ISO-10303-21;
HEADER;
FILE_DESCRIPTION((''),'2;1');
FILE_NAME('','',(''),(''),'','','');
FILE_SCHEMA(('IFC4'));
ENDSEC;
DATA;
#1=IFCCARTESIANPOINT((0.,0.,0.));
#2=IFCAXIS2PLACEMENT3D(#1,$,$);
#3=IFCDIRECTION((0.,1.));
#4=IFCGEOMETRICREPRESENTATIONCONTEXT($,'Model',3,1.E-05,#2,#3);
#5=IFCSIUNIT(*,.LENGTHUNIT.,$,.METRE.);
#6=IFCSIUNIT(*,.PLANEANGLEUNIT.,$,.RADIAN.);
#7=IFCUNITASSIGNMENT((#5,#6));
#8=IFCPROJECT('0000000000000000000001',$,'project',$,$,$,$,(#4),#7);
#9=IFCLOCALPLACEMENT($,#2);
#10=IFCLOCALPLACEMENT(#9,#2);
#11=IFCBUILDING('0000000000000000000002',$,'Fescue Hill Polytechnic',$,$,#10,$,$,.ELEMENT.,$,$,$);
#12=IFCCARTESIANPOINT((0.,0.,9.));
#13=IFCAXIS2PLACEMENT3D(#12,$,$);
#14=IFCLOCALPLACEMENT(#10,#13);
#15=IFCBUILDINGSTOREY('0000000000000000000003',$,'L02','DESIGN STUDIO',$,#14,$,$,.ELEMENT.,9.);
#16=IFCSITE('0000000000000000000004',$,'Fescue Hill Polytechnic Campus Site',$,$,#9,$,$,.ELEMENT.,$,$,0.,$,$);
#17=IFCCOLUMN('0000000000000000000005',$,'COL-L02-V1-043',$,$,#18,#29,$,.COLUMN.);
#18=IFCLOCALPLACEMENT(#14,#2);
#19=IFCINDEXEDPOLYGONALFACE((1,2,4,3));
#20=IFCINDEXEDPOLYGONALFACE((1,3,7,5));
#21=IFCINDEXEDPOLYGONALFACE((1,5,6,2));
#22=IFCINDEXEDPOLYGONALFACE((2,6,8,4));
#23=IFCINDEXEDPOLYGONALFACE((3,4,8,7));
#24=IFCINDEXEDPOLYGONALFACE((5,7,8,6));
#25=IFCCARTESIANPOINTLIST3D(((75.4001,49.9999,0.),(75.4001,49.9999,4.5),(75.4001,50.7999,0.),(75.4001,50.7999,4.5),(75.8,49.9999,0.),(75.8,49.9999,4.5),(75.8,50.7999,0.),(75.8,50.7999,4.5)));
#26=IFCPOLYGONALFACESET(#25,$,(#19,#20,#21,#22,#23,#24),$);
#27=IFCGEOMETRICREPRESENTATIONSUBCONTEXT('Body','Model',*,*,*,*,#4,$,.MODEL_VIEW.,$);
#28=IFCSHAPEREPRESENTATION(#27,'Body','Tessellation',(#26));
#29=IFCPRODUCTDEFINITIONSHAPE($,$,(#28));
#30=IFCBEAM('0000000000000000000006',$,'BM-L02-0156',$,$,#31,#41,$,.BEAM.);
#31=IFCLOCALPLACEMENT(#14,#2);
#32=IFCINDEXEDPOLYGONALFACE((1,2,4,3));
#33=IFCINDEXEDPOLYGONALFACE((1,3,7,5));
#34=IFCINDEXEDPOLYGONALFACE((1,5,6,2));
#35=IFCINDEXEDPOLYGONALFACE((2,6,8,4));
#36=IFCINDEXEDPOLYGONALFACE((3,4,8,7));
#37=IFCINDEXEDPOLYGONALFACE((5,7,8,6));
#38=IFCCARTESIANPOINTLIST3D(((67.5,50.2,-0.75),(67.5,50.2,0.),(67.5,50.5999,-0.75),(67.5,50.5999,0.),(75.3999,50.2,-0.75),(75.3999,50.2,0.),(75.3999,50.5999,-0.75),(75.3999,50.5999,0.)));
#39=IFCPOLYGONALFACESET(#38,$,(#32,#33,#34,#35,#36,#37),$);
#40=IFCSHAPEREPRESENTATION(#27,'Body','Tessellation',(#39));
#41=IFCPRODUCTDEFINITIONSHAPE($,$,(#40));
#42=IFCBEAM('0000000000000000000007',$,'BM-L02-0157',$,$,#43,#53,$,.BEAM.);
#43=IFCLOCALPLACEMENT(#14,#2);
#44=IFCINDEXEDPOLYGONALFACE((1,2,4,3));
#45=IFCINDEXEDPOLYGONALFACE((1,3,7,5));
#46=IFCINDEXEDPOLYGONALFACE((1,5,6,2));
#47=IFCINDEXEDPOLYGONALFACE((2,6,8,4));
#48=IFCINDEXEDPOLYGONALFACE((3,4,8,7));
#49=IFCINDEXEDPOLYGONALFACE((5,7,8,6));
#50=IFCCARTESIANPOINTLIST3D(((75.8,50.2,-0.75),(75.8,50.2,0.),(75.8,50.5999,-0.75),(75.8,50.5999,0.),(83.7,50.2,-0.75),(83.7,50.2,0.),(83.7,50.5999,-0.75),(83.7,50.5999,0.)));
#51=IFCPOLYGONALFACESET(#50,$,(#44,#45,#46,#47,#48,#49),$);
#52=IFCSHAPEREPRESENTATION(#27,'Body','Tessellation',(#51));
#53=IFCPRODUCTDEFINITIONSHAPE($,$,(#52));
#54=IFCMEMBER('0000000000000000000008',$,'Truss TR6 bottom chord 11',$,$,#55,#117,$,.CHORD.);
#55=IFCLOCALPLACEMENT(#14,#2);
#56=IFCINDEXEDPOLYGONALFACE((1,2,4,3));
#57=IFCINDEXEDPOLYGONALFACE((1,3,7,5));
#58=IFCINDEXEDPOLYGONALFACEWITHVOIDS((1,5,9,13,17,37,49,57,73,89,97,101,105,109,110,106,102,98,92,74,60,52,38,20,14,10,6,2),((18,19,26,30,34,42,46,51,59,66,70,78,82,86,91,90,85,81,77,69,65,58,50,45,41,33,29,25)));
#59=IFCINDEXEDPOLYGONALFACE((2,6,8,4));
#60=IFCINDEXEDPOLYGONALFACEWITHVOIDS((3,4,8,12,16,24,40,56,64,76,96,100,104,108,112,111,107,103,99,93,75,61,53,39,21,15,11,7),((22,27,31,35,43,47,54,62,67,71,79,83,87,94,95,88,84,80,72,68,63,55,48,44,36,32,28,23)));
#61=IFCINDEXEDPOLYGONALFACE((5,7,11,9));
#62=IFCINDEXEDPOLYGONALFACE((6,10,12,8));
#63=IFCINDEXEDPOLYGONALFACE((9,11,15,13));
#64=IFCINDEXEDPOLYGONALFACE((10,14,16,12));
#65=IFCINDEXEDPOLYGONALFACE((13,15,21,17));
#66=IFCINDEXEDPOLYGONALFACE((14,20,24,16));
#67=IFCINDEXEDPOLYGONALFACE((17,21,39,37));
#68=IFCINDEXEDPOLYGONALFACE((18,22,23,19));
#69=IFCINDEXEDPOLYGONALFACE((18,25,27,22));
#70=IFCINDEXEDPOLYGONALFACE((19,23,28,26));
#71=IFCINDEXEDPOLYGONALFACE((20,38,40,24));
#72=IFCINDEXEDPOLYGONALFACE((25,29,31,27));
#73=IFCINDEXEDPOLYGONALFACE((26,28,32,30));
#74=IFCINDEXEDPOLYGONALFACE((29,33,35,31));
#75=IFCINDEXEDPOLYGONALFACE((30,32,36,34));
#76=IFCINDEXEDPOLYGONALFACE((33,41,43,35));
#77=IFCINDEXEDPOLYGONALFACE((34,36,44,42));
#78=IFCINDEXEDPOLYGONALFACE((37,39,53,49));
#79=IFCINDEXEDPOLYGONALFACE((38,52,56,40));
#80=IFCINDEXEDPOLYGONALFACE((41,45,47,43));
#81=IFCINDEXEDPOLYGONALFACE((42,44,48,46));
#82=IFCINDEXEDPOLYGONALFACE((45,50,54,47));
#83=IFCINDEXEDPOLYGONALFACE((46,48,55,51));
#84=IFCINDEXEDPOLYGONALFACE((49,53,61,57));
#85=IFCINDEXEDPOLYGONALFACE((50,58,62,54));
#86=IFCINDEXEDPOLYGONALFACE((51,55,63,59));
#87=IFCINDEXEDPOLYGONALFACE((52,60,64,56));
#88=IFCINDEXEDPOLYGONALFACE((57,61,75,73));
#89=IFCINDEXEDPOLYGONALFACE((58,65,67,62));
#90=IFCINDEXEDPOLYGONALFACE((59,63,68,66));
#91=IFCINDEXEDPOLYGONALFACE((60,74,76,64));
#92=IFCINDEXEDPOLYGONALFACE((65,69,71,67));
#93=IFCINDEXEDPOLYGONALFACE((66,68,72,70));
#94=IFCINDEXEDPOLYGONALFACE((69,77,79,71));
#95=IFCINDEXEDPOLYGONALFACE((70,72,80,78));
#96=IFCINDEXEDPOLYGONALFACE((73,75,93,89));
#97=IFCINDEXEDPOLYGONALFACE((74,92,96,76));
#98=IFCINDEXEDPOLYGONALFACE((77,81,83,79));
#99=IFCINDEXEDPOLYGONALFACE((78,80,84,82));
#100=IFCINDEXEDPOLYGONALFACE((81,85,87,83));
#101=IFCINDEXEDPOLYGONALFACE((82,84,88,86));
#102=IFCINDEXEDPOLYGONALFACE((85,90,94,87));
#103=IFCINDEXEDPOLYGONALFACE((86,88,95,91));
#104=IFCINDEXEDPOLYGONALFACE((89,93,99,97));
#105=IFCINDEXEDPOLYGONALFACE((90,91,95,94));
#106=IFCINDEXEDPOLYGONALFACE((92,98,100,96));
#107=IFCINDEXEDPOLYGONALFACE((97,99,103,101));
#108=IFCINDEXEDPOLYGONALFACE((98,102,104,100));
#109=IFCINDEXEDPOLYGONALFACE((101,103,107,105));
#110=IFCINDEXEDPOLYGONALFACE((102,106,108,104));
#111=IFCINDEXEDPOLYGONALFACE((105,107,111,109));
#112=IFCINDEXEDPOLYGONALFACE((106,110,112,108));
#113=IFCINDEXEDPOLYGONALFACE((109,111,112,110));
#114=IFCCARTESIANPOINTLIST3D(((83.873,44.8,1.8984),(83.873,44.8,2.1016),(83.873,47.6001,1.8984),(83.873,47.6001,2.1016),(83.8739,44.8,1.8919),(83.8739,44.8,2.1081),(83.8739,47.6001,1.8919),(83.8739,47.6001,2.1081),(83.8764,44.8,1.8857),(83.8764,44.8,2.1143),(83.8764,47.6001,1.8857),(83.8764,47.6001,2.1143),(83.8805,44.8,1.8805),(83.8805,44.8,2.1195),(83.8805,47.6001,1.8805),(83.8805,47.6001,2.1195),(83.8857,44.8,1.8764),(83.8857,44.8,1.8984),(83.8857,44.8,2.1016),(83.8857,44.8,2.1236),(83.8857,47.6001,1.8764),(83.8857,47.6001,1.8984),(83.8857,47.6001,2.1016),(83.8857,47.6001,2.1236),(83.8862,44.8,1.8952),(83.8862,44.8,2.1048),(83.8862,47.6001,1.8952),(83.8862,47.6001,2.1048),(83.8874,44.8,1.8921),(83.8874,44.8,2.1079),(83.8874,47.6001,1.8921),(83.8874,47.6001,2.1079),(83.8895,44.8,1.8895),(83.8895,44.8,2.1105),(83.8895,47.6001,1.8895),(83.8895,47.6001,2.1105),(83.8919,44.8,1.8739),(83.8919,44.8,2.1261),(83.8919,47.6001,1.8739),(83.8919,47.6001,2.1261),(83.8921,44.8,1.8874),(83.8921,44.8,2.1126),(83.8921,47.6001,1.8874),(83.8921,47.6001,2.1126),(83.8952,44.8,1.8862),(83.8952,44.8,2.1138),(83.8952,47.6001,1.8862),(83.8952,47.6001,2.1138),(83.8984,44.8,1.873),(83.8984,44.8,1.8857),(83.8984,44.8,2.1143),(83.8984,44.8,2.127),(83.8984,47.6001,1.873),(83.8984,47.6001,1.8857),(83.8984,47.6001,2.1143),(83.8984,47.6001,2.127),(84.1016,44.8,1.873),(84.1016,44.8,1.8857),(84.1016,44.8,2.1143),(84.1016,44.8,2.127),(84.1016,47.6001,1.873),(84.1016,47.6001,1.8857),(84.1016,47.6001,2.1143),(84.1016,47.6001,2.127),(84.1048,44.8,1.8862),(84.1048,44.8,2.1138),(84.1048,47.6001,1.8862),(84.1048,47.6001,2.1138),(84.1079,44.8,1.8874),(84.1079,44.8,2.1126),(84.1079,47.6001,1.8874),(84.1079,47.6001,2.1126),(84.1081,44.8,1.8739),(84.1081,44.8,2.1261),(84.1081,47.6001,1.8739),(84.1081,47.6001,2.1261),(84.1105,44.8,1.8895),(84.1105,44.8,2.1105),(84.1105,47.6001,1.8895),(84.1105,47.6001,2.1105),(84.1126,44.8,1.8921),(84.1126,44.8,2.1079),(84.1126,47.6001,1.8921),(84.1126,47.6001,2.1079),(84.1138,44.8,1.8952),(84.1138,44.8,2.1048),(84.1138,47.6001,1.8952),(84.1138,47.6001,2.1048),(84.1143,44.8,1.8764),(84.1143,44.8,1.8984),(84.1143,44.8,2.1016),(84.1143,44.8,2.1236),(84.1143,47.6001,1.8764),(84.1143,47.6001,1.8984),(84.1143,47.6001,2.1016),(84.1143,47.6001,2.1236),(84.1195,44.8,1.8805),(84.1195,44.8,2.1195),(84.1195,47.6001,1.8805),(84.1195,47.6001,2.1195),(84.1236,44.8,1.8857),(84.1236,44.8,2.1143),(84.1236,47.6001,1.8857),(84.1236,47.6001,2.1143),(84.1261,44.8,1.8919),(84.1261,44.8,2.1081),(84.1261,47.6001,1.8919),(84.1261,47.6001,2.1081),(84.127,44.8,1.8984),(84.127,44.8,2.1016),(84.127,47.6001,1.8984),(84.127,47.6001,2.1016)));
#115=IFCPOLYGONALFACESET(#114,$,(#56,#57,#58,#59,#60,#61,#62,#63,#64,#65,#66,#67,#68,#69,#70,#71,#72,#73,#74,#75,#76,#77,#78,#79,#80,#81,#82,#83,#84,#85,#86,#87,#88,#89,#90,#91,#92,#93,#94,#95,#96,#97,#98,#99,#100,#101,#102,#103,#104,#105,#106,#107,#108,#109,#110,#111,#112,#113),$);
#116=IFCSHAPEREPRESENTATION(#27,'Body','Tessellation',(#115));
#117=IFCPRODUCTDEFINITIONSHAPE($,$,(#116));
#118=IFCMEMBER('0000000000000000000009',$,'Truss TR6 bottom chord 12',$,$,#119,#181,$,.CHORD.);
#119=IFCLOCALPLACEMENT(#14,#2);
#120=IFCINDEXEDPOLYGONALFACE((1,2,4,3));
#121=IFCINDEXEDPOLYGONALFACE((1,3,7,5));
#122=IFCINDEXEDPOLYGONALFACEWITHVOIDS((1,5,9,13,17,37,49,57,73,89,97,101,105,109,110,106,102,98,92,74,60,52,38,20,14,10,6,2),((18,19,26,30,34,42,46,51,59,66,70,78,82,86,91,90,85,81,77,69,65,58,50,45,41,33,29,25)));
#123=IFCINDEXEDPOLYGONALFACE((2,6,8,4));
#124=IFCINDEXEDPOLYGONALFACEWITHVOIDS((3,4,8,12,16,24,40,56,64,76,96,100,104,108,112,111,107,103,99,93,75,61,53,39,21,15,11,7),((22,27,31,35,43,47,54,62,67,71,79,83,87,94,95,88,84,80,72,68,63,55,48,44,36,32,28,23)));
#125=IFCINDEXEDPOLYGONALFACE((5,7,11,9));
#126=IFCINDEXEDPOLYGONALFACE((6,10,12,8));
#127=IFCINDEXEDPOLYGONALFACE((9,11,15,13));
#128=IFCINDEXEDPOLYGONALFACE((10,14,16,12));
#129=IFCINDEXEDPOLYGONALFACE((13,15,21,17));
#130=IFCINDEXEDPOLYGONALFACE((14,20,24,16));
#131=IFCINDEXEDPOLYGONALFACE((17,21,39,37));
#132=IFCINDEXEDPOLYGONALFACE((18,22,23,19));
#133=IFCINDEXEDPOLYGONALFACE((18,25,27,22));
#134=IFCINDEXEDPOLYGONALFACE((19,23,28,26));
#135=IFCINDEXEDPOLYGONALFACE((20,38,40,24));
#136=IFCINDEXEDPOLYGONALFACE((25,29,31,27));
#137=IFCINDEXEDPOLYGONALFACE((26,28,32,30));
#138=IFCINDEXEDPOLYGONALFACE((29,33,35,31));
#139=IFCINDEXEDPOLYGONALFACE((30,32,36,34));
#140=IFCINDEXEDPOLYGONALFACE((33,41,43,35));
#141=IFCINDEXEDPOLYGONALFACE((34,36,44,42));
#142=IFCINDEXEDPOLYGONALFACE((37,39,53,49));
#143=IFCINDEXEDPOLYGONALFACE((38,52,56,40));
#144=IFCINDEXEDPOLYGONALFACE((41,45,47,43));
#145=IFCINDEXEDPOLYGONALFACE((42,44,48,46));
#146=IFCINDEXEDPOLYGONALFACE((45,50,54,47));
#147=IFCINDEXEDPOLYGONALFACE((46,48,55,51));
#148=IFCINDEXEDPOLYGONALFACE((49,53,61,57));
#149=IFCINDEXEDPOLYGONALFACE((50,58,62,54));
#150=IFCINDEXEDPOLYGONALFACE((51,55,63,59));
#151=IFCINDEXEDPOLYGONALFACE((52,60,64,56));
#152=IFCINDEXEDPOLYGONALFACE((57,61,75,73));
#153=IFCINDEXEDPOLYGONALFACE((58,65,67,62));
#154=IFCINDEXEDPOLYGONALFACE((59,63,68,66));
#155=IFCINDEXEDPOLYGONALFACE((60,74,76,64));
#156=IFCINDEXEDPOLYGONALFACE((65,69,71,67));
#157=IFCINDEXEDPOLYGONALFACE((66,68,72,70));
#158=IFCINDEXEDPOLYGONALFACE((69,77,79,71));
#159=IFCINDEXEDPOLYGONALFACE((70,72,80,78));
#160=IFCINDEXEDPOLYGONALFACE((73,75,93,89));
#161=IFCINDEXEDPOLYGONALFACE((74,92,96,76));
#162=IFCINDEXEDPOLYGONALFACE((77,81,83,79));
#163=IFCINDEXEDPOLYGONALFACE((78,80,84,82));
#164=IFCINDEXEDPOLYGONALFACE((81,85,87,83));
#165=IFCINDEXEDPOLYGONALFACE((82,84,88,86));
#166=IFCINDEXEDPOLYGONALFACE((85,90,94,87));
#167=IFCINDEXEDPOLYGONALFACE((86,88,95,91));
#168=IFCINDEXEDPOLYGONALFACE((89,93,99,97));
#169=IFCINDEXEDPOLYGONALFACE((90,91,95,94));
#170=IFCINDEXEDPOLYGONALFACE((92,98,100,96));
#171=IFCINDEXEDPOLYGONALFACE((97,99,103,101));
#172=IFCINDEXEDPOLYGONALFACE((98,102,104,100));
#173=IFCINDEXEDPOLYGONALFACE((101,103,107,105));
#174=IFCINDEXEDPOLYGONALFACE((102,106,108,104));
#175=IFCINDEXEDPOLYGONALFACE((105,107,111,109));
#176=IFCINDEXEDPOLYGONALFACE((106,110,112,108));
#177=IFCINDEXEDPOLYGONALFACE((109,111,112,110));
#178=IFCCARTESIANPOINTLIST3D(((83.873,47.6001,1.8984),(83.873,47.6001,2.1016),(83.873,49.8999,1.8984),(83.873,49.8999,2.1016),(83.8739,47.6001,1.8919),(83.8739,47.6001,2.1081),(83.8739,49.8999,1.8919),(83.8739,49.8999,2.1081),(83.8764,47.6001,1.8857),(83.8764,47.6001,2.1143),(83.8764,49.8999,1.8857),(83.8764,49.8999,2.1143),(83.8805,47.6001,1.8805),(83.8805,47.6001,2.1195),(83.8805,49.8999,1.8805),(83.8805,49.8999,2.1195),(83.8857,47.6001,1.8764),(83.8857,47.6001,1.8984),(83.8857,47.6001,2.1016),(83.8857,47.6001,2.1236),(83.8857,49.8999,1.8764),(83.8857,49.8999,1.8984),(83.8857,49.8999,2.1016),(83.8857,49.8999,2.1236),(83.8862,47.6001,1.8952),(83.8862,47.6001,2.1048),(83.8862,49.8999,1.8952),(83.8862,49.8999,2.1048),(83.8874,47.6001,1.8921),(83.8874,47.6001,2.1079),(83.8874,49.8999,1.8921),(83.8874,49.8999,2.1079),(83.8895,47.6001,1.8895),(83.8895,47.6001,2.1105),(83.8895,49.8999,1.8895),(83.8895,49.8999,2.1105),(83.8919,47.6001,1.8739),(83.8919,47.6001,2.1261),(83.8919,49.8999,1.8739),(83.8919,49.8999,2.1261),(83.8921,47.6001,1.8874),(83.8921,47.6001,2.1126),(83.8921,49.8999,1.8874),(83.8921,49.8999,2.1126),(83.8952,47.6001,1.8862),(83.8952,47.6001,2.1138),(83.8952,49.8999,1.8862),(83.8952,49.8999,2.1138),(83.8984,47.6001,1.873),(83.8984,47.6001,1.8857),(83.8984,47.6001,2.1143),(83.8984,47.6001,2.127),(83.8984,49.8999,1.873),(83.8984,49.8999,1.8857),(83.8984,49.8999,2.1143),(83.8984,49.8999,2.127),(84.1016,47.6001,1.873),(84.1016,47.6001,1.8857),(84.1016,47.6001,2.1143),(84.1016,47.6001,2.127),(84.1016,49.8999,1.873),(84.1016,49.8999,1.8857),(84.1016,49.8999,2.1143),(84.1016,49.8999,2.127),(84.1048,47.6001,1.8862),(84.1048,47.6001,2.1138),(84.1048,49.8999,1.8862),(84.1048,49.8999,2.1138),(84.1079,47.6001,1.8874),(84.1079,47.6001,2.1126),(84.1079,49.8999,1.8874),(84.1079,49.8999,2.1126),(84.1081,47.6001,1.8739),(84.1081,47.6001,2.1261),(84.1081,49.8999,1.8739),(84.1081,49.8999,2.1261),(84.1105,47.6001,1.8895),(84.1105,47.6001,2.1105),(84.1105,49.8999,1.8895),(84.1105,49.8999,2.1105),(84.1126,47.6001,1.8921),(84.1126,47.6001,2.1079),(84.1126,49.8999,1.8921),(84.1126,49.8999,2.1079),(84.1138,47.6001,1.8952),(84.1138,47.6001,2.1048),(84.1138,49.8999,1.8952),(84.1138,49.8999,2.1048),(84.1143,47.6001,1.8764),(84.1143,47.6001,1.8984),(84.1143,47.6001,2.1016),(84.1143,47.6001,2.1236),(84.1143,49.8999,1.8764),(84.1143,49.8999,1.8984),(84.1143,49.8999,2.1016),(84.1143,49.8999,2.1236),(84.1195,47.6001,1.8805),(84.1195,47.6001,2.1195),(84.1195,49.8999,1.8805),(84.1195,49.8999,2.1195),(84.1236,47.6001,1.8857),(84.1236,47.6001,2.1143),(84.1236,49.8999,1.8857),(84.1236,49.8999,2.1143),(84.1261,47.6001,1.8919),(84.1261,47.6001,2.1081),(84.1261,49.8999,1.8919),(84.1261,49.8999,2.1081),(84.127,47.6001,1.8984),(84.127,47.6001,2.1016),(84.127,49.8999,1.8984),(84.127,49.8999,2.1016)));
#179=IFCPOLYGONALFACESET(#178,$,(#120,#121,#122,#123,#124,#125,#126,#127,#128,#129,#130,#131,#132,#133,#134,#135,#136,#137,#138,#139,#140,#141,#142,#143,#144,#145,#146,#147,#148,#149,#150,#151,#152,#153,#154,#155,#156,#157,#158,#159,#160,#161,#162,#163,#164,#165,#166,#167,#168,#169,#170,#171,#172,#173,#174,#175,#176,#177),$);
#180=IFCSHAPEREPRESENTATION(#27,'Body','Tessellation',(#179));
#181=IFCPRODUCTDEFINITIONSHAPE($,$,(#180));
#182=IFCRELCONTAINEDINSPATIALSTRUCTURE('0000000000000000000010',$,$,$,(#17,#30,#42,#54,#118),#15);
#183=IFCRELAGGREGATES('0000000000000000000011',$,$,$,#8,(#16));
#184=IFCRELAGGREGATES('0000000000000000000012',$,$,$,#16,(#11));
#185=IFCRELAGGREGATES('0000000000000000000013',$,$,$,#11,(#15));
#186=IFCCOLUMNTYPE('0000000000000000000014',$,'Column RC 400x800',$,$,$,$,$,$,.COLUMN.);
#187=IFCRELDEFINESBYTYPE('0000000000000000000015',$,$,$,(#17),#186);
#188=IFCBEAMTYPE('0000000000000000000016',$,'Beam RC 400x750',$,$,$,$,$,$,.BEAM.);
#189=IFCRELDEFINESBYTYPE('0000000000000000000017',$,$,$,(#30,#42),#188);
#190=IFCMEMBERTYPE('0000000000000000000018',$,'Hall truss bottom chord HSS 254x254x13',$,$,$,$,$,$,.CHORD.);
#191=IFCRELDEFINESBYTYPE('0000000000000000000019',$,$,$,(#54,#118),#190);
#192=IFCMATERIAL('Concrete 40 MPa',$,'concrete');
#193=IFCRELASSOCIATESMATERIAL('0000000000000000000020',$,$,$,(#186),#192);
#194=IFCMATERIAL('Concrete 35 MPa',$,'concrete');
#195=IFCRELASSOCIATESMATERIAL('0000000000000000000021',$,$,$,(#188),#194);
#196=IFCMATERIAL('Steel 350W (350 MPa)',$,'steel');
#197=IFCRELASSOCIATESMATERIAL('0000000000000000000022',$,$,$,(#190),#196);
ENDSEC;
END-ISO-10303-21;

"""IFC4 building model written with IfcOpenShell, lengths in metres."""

from ifc_helpers import new_model, si_unit, direction, frame, origin, origin_2d, place, context, subcontext, project, spatial, rectangle, hollow_rectangle, extrude, material, material_profile, profile_set, type_object, element, save


model = new_model("IFC4")

# Units and contexts
model_context = context("Model", 3, precision=1e-05, world=origin(), true_north=direction((0.0, 1.0)))
body_context = subcontext(model_context, "Body", "Model", "MODEL_VIEW")
ifc_project = project(units=[si_unit("LENGTHUNIT", "METRE"), si_unit("PLANEANGLEUNIT", "RADIAN")], contexts=[model_context])

# Site, building, storey
site_placement = place(None, origin())
site = spatial("IfcSite", under=ifc_project, at=site_placement, Name="Fescue Hill Polytechnic Campus Site", CompositionType="ELEMENT", RefElevation=0.0)
building_placement = place(site_placement, origin())
building = spatial("IfcBuilding", under=site, at=building_placement, Name="Fescue Hill Polytechnic", CompositionType="ELEMENT")
storey_placement = place(building_placement, frame((0.0, 0.0, 9.0)))
storey = spatial("IfcBuildingStorey", under=building, at=storey_placement, Name="L02", Description="DESIGN STUDIO", CompositionType="ELEMENT", Elevation=9.0)

# Column
ifc_material_1 = material(Name="Concrete 40 MPa", Category="concrete")
ifc_material_profile_1 = material_profile(ifc_material_1, rectangle(XDim=0.3999, YDim=0.8, at=origin_2d()), Name="RC 400x800")
ifc_profile_set_1 = profile_set([ifc_material_profile_1], Name="Concrete 40 MPa")
column_type = type_object("IfcColumnType", Name="Column RC 400x800", PredefinedType="COLUMN", material=ifc_profile_set_1)
column_placement = place(storey_placement, frame((75.6001, 50.3999, 0.0), z_axis=(0.0, 0.0, 1.0), x_axis=(1.0, 0.0, 0.0)))
element("IfcColumn", 1, at=column_placement, inside=storey, type_object=column_type, Name="COL-L02-V1-043", PredefinedType="COLUMN", context=body_context, shape_type="SweptSolid", body=[
    extrude(rectangle(XDim=0.3999, YDim=0.8, at=origin_2d()), origin(), (0.0, 0.0, 1.0), 4.5),
])

# Beams
ifc_material_2 = material(Name="Concrete 35 MPa", Category="concrete")
ifc_material_profile_2 = material_profile(ifc_material_2, rectangle(XDim=0.3999, YDim=0.75, at=origin_2d()), Name="RC 400x750")
ifc_profile_set_2 = profile_set([ifc_material_profile_2], Name="Concrete 35 MPa")
beam_type = type_object("IfcBeamType", Name="Beam RC 400x750", PredefinedType="BEAM", material=ifc_profile_set_2)
for number, where, z_axis, x_axis, name in (
    (2, (75.3999, 50.3999, -0.375), (-1.0, 0.0, 0.0), (0.0, -1.0, 0.0), "BM-L02-0156"),
    (3, (83.7, 50.3999, -0.375), (-1.0, 0.0, 0.0), (0.0, -1.0, 0.0), "BM-L02-0157"),
):
    element("IfcBeam", number, at=place(storey_placement, frame(where, z_axis=z_axis, x_axis=x_axis)), inside=storey, type_object=beam_type, Name=name, PredefinedType="BEAM", context=body_context, shape_type="SweptSolid", body=[
        extrude(rectangle(XDim=0.3999, YDim=0.75, at=origin_2d()), origin(), (0.0, 0.0, 1.0), 7.8999),
    ])

# Members
ifc_material_3 = material(Name="Steel 350W (350 MPa)", Category="steel")
ifc_material_profile_3 = material_profile(ifc_material_3, hollow_rectangle(XDim=0.2539, YDim=0.2539, WallThickness=0.0127, InnerFilletRadius=0.0127, OuterFilletRadius=0.0254, at=origin_2d()), Name="Hall truss bottom chord HSS 254x254x13")
ifc_profile_set_3 = profile_set([ifc_material_profile_3], Name="Steel 350W (350 MPa)")
member_type_1 = type_object("IfcMemberType", Name="Hall truss bottom chord HSS 254x254x13", PredefinedType="CHORD", material=ifc_profile_set_3)
member_1_placement = place(storey_placement, frame((84.0, 44.8, 2.0), z_axis=(0.0, 1.0, 0.0), x_axis=(-1.0, 0.0, 0.0)))
element("IfcMember", 4, at=member_1_placement, inside=storey, type_object=member_type_1, Name="Truss TR6 bottom chord 11", PredefinedType="CHORD", context=body_context, shape_type="SweptSolid", body=[
    extrude(hollow_rectangle(XDim=0.2539, YDim=0.2539, WallThickness=0.0127, InnerFilletRadius=0.0127, OuterFilletRadius=0.0254, at=origin_2d()), origin(), (0.0, 0.0, 1.0), 2.8),
])
member_2_placement = place(storey_placement, frame((84.0, 47.6001, 2.0), z_axis=(0.0, 1.0, 0.0), x_axis=(-1.0, 0.0, 0.0)))
element("IfcMember", 5, at=member_2_placement, inside=storey, type_object=member_type_1, Name="Truss TR6 bottom chord 12", PredefinedType="CHORD", context=body_context, shape_type="SweptSolid", body=[
    extrude(hollow_rectangle(XDim=0.2539, YDim=0.2539, WallThickness=0.0127, InnerFilletRadius=0.0127, OuterFilletRadius=0.0254, at=origin_2d()), origin(), (0.0, 0.0, 1.0), 2.2998),
])

save(model, "model.ifc")
